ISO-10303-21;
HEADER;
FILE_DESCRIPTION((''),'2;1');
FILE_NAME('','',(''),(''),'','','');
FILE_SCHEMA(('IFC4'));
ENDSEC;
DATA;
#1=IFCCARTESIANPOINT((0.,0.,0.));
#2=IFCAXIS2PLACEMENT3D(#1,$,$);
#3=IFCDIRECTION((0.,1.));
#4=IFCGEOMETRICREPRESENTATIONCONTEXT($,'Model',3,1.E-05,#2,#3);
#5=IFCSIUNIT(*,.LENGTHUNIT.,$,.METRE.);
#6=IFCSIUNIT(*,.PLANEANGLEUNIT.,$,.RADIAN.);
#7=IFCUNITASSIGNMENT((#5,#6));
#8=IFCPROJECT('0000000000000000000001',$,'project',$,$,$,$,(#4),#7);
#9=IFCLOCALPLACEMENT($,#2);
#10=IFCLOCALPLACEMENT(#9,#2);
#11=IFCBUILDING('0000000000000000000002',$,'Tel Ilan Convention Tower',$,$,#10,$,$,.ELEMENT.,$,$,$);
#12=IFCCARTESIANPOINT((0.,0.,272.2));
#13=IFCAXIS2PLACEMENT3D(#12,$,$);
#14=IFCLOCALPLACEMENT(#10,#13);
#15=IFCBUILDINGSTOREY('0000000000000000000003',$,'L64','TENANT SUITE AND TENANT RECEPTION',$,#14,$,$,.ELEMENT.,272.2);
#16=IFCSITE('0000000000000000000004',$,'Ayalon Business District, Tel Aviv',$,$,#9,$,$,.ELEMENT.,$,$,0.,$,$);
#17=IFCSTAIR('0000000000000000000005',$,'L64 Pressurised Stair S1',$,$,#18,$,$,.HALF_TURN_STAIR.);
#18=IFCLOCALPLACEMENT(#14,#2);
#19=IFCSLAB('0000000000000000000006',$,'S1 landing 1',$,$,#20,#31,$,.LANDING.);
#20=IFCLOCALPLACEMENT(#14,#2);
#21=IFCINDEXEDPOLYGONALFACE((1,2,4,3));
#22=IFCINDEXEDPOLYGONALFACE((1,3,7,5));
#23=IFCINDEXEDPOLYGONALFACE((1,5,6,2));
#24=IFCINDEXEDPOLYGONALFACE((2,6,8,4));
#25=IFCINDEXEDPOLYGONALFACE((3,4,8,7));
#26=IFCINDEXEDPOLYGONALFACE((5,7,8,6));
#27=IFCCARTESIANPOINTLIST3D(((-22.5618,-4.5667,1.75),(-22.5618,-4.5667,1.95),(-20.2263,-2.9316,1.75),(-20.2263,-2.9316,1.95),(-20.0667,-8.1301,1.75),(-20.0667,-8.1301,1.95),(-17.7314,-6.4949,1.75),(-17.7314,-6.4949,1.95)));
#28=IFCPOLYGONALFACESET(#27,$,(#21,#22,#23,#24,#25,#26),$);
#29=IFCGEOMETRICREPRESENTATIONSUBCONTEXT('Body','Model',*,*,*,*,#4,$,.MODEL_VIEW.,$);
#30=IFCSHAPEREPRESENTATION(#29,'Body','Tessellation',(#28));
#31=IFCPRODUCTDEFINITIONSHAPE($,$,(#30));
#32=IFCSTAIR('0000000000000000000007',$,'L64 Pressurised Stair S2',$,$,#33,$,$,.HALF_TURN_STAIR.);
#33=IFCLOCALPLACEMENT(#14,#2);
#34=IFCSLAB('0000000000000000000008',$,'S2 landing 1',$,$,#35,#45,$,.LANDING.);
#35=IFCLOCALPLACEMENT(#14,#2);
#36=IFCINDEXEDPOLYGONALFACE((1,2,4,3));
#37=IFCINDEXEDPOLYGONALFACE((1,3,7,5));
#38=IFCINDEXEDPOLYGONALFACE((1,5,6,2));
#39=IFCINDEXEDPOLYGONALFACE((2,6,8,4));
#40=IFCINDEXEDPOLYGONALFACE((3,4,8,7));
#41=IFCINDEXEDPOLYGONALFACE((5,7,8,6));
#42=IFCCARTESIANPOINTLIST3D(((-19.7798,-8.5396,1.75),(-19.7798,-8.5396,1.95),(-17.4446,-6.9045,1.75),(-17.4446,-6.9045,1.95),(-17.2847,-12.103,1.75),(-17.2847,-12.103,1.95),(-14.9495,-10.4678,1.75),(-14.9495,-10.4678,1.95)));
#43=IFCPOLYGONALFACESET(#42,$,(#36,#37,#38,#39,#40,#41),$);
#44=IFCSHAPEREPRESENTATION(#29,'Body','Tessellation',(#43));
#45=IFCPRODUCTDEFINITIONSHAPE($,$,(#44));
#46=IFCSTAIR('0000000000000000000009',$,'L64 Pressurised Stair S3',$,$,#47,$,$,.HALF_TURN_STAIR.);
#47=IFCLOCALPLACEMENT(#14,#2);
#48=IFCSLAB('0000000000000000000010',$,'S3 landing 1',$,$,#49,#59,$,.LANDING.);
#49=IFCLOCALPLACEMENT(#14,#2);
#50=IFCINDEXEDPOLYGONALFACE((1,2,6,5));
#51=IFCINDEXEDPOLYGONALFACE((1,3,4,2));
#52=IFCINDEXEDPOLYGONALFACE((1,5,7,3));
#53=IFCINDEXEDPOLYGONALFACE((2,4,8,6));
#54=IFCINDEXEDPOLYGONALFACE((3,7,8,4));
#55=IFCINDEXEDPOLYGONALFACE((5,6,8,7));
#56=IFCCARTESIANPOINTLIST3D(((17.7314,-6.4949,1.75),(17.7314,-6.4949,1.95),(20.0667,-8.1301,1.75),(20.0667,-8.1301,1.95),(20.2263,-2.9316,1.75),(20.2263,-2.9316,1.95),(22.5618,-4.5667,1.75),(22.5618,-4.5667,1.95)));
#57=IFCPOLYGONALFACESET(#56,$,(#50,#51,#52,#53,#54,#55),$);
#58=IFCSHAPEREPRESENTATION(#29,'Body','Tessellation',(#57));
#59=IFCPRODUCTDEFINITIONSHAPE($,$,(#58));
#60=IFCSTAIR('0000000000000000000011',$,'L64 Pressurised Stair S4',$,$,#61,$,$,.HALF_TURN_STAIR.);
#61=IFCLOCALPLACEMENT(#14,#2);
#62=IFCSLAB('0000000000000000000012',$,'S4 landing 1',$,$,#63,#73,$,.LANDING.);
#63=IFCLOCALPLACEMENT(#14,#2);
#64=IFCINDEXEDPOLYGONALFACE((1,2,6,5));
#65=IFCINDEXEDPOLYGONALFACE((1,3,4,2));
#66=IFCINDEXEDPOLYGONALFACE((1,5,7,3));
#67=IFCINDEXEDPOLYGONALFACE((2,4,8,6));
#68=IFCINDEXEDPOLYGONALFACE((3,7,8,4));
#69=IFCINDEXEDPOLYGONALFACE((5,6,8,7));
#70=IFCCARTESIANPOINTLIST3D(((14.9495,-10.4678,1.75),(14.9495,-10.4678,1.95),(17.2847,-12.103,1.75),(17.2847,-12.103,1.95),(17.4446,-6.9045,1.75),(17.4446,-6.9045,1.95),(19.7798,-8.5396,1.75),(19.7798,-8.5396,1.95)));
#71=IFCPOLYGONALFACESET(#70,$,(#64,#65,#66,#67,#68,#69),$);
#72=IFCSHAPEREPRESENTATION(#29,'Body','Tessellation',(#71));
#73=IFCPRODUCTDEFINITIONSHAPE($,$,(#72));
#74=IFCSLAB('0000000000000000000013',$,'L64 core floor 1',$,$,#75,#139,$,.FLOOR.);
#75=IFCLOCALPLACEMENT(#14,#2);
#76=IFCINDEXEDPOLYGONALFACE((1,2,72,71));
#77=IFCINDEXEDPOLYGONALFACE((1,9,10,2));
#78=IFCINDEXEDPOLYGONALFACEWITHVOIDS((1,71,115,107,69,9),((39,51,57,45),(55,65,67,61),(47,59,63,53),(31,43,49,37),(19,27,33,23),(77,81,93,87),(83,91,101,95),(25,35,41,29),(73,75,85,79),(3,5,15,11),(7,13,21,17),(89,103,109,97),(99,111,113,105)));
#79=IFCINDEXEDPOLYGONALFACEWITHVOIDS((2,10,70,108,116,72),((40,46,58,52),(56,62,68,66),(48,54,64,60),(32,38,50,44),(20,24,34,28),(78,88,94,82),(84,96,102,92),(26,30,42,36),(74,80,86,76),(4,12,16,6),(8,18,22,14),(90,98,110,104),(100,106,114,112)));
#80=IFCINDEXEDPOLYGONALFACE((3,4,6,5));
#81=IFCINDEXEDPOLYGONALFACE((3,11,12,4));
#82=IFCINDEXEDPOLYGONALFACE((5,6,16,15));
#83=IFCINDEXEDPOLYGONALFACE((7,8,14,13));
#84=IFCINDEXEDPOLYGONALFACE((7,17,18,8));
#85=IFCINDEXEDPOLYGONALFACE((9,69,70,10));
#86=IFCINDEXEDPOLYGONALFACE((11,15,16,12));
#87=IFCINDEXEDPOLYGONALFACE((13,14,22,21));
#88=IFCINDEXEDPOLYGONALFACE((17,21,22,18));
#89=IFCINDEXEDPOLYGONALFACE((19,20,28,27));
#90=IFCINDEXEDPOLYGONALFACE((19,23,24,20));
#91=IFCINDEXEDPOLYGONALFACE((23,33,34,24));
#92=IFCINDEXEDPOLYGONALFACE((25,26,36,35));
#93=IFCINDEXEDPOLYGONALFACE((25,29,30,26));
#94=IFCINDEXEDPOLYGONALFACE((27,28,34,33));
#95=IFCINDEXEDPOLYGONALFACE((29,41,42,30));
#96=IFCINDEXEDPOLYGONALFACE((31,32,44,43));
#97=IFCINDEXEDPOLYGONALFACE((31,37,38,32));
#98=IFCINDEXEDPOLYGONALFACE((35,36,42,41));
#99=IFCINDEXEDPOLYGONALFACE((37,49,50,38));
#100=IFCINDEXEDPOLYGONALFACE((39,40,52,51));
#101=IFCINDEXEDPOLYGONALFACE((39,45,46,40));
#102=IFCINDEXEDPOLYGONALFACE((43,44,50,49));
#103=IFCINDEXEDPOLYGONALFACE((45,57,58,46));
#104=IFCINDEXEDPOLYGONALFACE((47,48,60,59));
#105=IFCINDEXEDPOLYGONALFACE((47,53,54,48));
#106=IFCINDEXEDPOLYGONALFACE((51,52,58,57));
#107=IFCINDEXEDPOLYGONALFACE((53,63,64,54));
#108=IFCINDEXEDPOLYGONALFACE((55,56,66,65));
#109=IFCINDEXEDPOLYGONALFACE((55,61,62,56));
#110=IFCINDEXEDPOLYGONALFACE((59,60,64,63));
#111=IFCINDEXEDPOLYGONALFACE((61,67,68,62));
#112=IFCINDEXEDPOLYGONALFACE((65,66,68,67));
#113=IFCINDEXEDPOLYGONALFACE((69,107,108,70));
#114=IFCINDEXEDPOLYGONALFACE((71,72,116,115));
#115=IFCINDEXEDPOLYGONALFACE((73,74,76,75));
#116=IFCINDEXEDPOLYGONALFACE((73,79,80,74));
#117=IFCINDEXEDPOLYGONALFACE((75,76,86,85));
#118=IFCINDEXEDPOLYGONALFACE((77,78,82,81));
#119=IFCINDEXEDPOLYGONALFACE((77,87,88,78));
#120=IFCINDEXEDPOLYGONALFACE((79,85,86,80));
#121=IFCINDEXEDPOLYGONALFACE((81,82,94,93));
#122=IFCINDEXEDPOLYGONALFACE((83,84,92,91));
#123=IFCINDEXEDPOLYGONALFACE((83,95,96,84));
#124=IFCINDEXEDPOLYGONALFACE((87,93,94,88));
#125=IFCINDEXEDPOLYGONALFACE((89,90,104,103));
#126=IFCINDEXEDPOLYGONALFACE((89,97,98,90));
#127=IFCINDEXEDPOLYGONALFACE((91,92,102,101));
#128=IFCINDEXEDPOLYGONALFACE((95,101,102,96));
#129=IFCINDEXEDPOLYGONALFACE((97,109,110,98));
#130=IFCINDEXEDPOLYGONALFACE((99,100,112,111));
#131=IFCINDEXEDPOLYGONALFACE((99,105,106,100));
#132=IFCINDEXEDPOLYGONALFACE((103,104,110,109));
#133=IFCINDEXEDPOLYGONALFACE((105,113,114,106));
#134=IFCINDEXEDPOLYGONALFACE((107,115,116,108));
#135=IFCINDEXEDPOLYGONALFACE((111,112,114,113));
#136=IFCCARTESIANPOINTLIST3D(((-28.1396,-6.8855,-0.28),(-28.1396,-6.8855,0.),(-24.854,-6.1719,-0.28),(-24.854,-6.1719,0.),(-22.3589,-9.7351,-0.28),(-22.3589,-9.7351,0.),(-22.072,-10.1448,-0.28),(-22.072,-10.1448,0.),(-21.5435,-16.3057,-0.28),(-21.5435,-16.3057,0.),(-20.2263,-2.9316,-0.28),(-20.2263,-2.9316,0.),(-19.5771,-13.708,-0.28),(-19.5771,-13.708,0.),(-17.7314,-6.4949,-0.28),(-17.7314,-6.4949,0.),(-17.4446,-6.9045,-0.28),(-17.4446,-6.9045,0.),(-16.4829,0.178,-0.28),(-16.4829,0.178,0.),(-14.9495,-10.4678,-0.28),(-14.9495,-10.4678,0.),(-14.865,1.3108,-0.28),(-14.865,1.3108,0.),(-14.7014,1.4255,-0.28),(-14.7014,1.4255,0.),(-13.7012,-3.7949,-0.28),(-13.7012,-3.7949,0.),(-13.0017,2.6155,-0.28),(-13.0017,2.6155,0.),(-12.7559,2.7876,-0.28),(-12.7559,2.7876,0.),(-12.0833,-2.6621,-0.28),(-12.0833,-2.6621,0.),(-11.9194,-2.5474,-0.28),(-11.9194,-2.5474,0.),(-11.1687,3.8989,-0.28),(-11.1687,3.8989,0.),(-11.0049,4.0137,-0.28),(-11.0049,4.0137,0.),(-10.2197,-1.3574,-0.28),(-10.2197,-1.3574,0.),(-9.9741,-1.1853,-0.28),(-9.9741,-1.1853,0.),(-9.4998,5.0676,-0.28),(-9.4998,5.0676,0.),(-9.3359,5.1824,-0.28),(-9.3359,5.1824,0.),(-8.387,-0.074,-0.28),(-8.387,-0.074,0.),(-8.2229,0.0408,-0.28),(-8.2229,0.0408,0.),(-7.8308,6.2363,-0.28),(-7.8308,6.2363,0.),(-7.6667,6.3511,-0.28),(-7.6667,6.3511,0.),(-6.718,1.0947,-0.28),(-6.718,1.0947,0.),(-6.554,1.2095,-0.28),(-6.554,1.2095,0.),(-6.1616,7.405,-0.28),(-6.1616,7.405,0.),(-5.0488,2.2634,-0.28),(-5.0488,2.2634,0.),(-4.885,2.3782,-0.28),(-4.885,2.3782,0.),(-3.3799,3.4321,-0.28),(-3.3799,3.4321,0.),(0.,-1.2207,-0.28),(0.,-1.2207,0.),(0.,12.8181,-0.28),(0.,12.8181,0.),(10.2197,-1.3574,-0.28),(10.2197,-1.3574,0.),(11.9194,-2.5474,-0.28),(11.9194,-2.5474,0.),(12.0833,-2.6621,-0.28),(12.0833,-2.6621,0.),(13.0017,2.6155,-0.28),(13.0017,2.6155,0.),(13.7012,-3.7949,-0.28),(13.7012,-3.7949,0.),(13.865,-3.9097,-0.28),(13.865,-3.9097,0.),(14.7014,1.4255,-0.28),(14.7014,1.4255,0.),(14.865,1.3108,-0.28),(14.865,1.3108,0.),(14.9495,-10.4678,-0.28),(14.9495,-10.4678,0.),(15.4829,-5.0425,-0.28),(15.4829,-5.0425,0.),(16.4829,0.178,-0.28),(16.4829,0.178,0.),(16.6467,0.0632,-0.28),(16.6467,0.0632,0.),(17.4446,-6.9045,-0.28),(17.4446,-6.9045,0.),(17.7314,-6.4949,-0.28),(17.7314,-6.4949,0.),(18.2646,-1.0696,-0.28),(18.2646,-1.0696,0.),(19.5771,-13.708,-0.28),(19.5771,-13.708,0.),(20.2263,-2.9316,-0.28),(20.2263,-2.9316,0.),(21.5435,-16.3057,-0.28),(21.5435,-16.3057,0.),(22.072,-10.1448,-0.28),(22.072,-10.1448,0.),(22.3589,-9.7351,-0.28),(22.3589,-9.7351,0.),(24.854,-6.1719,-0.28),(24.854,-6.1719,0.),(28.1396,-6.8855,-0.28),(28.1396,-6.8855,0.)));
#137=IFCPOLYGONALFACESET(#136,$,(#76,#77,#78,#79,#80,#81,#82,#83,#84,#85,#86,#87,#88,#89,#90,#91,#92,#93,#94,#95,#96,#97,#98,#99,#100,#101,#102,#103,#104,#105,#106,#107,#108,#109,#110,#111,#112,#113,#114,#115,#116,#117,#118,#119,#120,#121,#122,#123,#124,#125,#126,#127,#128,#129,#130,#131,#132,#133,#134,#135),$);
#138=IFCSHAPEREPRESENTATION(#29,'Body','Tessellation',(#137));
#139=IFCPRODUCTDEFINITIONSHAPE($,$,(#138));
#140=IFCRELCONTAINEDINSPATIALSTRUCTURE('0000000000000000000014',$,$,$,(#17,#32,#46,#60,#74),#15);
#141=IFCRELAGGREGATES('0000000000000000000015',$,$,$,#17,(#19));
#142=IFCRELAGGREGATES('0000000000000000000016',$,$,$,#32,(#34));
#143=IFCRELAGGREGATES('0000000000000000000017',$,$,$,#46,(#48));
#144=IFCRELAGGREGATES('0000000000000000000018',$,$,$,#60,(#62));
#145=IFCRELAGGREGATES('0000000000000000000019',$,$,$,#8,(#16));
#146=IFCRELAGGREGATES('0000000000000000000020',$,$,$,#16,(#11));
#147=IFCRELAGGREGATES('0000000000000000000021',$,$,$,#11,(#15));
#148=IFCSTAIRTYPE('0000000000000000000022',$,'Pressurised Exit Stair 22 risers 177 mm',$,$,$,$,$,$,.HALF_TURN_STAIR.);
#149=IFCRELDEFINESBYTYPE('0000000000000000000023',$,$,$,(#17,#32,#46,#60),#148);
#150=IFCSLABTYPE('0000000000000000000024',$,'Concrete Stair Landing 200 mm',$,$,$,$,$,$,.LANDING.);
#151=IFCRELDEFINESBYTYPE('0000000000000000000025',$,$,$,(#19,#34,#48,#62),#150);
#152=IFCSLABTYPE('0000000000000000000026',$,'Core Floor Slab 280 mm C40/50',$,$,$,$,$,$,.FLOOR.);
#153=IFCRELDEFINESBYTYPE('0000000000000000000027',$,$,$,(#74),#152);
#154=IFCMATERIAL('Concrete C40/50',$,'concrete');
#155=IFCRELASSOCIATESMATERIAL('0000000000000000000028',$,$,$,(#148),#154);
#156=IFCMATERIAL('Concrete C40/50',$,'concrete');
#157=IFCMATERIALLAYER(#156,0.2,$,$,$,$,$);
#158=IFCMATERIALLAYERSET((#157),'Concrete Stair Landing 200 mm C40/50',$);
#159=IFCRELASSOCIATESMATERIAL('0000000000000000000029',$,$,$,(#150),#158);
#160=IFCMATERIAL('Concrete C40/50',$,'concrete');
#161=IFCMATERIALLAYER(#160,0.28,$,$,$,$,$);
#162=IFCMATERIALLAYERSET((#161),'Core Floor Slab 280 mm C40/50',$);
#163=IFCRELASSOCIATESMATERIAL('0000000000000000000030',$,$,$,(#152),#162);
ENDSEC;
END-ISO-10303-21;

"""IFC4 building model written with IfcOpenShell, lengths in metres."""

from ifc_helpers import new_model, si_unit, direction, frame, origin, place, context, subcontext, project, spatial, polyline, outline, extrude, material, layer, layer_set, type_object, element, aggregate, save


model = new_model("IFC4")

# Units and contexts
model_context = context("Model", 3, precision=1e-05, world=origin(), true_north=direction((0.0, 1.0)))
body_context = subcontext(model_context, "Body", "Model", "MODEL_VIEW")
ifc_project = project(units=[si_unit("LENGTHUNIT", "METRE"), si_unit("PLANEANGLEUNIT", "RADIAN")], contexts=[model_context])

# Site, building, storey
site_placement = place(None, origin())
site = spatial("IfcSite", under=ifc_project, at=site_placement, Name="Ayalon Business District, Tel Aviv", CompositionType="ELEMENT", RefElevation=0.0)
building_placement = place(site_placement, origin())
building = spatial("IfcBuilding", under=site, at=building_placement, Name="Tel Ilan Convention Tower", CompositionType="ELEMENT")
storey_placement = place(building_placement, frame((0.0, 0.0, 272.2)))
storey = spatial("IfcBuildingStorey", under=building, at=storey_placement, Name="L64", Description="TENANT SUITE AND TENANT RECEPTION", CompositionType="ELEMENT", Elevation=272.2)

# Stairs, slabs
ifc_material_1 = material(Name="Concrete C40/50", Category="concrete")
stair_type = type_object("IfcStairType", Name="Pressurised Exit Stair 22 risers 177 mm", PredefinedType="HALF_TURN_STAIR", material=ifc_material_1)
stair_1_placement = place(storey_placement, origin())
stair_1 = element("IfcStair", 1, at=stair_1_placement, inside=storey, type_object=stair_type, Name="L64 Pressurised Stair S1", PredefinedType="HALF_TURN_STAIR")
ifc_material_2 = material(Name="Concrete C40/50", Category="concrete")
ifc_layer_1 = layer(ifc_material_2, 0.2)
ifc_layer_set_1 = layer_set([ifc_layer_1], Name="Concrete Stair Landing 200 mm C40/50")
slab_type_1 = type_object("IfcSlabType", Name="Concrete Stair Landing 200 mm", PredefinedType="LANDING", material=ifc_layer_set_1)
slab_1_placement = place(storey_placement, frame((0.0, 0.0, 1.75)))
slab_1 = element("IfcSlab", 2, at=slab_1_placement, type_object=slab_type_1, Name="S1 landing 1", PredefinedType="LANDING", context=body_context, shape_type="SweptSolid", body=[
    extrude(outline(polyline([(-20.0667, -8.1301), (-17.7314, -6.4949), (-20.2263, -2.9316), (-22.5618, -4.5667), (-20.0667, -8.1301)])), origin(), (0.0, 0.0, 1.0), 0.2),
])
aggregate(stair_1, [slab_1])
stair_2_placement = place(storey_placement, origin())
stair_2 = element("IfcStair", 3, at=stair_2_placement, inside=storey, type_object=stair_type, Name="L64 Pressurised Stair S2", PredefinedType="HALF_TURN_STAIR")
slab_2_placement = place(storey_placement, frame((0.0, 0.0, 1.75)))
slab_2 = element("IfcSlab", 4, at=slab_2_placement, type_object=slab_type_1, Name="S2 landing 1", PredefinedType="LANDING", context=body_context, shape_type="SweptSolid", body=[
    extrude(outline(polyline([(-17.2847, -12.103), (-14.9495, -10.4678), (-17.4446, -6.9045), (-19.7798, -8.5396), (-17.2847, -12.103)])), origin(), (0.0, 0.0, 1.0), 0.2),
])
aggregate(stair_2, [slab_2])
stair_3_placement = place(storey_placement, origin())
stair_3 = element("IfcStair", 5, at=stair_3_placement, inside=storey, type_object=stair_type, Name="L64 Pressurised Stair S3", PredefinedType="HALF_TURN_STAIR")
slab_3_placement = place(storey_placement, frame((0.0, 0.0, 1.75)))
slab_3 = element("IfcSlab", 6, at=slab_3_placement, type_object=slab_type_1, Name="S3 landing 1", PredefinedType="LANDING", context=body_context, shape_type="SweptSolid", body=[
    extrude(outline(polyline([(22.5618, -4.5667), (20.2263, -2.9316), (17.7314, -6.4949), (20.0667, -8.1301), (22.5618, -4.5667)])), origin(), (0.0, 0.0, 1.0), 0.2),
])
aggregate(stair_3, [slab_3])
stair_4_placement = place(storey_placement, origin())
stair_4 = element("IfcStair", 7, at=stair_4_placement, inside=storey, type_object=stair_type, Name="L64 Pressurised Stair S4", PredefinedType="HALF_TURN_STAIR")
slab_4_placement = place(storey_placement, frame((0.0, 0.0, 1.75)))
slab_4 = element("IfcSlab", 8, at=slab_4_placement, type_object=slab_type_1, Name="S4 landing 1", PredefinedType="LANDING", context=body_context, shape_type="SweptSolid", body=[
    extrude(outline(polyline([(19.7798, -8.5396), (17.4446, -6.9045), (14.9495, -10.4678), (17.2847, -12.103), (19.7798, -8.5396)])), origin(), (0.0, 0.0, 1.0), 0.2),
])
aggregate(stair_4, [slab_4])

# Slab
ifc_material_3 = material(Name="Concrete C40/50", Category="concrete")
ifc_layer_2 = layer(ifc_material_3, 0.28)
ifc_layer_set_2 = layer_set([ifc_layer_2], Name="Core Floor Slab 280 mm C40/50")
slab_type_2 = type_object("IfcSlabType", Name="Core Floor Slab 280 mm C40/50", PredefinedType="FLOOR", material=ifc_layer_set_2)
slab_5_placement = place(storey_placement, frame((0.0, 0.0, -0.28)))
element("IfcSlab", 9, at=slab_5_placement, inside=storey, type_object=slab_type_2, Name="L64 core floor 1", PredefinedType="FLOOR", context=body_context, shape_type="SweptSolid", body=[
    extrude(outline(polyline([(-28.1396, -6.8855), (0.0, 12.8181), (28.1396, -6.8855), (21.5435, -16.3057), (0.0, -1.2207), (-21.5435, -16.3057), (-28.1396, -6.8855)]), holes=[polyline([(-17.4446, -6.9045), (-22.072, -10.1448), (-19.5771, -13.708), (-14.9495, -10.4678), (-17.4446, -6.9045)]), polyline([(-17.7314, -6.4949), (-20.2263, -2.9316), (-24.854, -6.1719), (-22.3589, -9.7351), (-17.7314, -6.4949)]), polyline([(-14.865, 1.3108), (-16.4829, 0.178), (-13.7012, -3.7949), (-12.0833, -2.6621), (-14.865, 1.3108)]), polyline([(-14.7014, 1.4255), (-11.9194, -2.5474), (-10.2197, -1.3574), (-13.0017, 2.6155), (-14.7014, 1.4255)]), polyline([(-11.1687, 3.8989), (-12.7559, 2.7876), (-9.9741, -1.1853), (-8.387, -0.074), (-11.1687, 3.8989)]), polyline([(-9.4998, 5.0676), (-11.0049, 4.0137), (-8.2229, 0.0408), (-6.718, 1.0947), (-9.4998, 5.0676)]), polyline([(-9.3359, 5.1824), (-6.554, 1.2095), (-5.0488, 2.2634), (-7.8308, 6.2363), (-9.3359, 5.1824)]), polyline([(17.4446, -6.9045), (14.9495, -10.4678), (19.5771, -13.708), (22.072, -10.1448), (17.4446, -6.9045)]), polyline([(20.2263, -2.9316), (17.7314, -6.4949), (22.3589, -9.7351), (24.854, -6.1719), (20.2263, -2.9316)]), polyline([(15.4829, -5.0425), (18.2646, -1.0696), (16.6467, 0.0632), (13.865, -3.9097), (15.4829, -5.0425)]), polyline([(13.7012, -3.7949), (16.4829, 0.178), (14.865, 1.3108), (12.0833, -2.6621), (13.7012, -3.7949)]), polyline([(11.9194, -2.5474), (14.7014, 1.4255), (13.0017, 2.6155), (10.2197, -1.3574), (11.9194, -2.5474)]), polyline([(-6.1616, 7.405), (-7.6667, 6.3511), (-4.885, 2.3782), (-3.3799, 3.4321), (-6.1616, 7.405)])]), origin(), (0.0, 0.0, 1.0), 0.28),
])

save(model, "model.ifc")
